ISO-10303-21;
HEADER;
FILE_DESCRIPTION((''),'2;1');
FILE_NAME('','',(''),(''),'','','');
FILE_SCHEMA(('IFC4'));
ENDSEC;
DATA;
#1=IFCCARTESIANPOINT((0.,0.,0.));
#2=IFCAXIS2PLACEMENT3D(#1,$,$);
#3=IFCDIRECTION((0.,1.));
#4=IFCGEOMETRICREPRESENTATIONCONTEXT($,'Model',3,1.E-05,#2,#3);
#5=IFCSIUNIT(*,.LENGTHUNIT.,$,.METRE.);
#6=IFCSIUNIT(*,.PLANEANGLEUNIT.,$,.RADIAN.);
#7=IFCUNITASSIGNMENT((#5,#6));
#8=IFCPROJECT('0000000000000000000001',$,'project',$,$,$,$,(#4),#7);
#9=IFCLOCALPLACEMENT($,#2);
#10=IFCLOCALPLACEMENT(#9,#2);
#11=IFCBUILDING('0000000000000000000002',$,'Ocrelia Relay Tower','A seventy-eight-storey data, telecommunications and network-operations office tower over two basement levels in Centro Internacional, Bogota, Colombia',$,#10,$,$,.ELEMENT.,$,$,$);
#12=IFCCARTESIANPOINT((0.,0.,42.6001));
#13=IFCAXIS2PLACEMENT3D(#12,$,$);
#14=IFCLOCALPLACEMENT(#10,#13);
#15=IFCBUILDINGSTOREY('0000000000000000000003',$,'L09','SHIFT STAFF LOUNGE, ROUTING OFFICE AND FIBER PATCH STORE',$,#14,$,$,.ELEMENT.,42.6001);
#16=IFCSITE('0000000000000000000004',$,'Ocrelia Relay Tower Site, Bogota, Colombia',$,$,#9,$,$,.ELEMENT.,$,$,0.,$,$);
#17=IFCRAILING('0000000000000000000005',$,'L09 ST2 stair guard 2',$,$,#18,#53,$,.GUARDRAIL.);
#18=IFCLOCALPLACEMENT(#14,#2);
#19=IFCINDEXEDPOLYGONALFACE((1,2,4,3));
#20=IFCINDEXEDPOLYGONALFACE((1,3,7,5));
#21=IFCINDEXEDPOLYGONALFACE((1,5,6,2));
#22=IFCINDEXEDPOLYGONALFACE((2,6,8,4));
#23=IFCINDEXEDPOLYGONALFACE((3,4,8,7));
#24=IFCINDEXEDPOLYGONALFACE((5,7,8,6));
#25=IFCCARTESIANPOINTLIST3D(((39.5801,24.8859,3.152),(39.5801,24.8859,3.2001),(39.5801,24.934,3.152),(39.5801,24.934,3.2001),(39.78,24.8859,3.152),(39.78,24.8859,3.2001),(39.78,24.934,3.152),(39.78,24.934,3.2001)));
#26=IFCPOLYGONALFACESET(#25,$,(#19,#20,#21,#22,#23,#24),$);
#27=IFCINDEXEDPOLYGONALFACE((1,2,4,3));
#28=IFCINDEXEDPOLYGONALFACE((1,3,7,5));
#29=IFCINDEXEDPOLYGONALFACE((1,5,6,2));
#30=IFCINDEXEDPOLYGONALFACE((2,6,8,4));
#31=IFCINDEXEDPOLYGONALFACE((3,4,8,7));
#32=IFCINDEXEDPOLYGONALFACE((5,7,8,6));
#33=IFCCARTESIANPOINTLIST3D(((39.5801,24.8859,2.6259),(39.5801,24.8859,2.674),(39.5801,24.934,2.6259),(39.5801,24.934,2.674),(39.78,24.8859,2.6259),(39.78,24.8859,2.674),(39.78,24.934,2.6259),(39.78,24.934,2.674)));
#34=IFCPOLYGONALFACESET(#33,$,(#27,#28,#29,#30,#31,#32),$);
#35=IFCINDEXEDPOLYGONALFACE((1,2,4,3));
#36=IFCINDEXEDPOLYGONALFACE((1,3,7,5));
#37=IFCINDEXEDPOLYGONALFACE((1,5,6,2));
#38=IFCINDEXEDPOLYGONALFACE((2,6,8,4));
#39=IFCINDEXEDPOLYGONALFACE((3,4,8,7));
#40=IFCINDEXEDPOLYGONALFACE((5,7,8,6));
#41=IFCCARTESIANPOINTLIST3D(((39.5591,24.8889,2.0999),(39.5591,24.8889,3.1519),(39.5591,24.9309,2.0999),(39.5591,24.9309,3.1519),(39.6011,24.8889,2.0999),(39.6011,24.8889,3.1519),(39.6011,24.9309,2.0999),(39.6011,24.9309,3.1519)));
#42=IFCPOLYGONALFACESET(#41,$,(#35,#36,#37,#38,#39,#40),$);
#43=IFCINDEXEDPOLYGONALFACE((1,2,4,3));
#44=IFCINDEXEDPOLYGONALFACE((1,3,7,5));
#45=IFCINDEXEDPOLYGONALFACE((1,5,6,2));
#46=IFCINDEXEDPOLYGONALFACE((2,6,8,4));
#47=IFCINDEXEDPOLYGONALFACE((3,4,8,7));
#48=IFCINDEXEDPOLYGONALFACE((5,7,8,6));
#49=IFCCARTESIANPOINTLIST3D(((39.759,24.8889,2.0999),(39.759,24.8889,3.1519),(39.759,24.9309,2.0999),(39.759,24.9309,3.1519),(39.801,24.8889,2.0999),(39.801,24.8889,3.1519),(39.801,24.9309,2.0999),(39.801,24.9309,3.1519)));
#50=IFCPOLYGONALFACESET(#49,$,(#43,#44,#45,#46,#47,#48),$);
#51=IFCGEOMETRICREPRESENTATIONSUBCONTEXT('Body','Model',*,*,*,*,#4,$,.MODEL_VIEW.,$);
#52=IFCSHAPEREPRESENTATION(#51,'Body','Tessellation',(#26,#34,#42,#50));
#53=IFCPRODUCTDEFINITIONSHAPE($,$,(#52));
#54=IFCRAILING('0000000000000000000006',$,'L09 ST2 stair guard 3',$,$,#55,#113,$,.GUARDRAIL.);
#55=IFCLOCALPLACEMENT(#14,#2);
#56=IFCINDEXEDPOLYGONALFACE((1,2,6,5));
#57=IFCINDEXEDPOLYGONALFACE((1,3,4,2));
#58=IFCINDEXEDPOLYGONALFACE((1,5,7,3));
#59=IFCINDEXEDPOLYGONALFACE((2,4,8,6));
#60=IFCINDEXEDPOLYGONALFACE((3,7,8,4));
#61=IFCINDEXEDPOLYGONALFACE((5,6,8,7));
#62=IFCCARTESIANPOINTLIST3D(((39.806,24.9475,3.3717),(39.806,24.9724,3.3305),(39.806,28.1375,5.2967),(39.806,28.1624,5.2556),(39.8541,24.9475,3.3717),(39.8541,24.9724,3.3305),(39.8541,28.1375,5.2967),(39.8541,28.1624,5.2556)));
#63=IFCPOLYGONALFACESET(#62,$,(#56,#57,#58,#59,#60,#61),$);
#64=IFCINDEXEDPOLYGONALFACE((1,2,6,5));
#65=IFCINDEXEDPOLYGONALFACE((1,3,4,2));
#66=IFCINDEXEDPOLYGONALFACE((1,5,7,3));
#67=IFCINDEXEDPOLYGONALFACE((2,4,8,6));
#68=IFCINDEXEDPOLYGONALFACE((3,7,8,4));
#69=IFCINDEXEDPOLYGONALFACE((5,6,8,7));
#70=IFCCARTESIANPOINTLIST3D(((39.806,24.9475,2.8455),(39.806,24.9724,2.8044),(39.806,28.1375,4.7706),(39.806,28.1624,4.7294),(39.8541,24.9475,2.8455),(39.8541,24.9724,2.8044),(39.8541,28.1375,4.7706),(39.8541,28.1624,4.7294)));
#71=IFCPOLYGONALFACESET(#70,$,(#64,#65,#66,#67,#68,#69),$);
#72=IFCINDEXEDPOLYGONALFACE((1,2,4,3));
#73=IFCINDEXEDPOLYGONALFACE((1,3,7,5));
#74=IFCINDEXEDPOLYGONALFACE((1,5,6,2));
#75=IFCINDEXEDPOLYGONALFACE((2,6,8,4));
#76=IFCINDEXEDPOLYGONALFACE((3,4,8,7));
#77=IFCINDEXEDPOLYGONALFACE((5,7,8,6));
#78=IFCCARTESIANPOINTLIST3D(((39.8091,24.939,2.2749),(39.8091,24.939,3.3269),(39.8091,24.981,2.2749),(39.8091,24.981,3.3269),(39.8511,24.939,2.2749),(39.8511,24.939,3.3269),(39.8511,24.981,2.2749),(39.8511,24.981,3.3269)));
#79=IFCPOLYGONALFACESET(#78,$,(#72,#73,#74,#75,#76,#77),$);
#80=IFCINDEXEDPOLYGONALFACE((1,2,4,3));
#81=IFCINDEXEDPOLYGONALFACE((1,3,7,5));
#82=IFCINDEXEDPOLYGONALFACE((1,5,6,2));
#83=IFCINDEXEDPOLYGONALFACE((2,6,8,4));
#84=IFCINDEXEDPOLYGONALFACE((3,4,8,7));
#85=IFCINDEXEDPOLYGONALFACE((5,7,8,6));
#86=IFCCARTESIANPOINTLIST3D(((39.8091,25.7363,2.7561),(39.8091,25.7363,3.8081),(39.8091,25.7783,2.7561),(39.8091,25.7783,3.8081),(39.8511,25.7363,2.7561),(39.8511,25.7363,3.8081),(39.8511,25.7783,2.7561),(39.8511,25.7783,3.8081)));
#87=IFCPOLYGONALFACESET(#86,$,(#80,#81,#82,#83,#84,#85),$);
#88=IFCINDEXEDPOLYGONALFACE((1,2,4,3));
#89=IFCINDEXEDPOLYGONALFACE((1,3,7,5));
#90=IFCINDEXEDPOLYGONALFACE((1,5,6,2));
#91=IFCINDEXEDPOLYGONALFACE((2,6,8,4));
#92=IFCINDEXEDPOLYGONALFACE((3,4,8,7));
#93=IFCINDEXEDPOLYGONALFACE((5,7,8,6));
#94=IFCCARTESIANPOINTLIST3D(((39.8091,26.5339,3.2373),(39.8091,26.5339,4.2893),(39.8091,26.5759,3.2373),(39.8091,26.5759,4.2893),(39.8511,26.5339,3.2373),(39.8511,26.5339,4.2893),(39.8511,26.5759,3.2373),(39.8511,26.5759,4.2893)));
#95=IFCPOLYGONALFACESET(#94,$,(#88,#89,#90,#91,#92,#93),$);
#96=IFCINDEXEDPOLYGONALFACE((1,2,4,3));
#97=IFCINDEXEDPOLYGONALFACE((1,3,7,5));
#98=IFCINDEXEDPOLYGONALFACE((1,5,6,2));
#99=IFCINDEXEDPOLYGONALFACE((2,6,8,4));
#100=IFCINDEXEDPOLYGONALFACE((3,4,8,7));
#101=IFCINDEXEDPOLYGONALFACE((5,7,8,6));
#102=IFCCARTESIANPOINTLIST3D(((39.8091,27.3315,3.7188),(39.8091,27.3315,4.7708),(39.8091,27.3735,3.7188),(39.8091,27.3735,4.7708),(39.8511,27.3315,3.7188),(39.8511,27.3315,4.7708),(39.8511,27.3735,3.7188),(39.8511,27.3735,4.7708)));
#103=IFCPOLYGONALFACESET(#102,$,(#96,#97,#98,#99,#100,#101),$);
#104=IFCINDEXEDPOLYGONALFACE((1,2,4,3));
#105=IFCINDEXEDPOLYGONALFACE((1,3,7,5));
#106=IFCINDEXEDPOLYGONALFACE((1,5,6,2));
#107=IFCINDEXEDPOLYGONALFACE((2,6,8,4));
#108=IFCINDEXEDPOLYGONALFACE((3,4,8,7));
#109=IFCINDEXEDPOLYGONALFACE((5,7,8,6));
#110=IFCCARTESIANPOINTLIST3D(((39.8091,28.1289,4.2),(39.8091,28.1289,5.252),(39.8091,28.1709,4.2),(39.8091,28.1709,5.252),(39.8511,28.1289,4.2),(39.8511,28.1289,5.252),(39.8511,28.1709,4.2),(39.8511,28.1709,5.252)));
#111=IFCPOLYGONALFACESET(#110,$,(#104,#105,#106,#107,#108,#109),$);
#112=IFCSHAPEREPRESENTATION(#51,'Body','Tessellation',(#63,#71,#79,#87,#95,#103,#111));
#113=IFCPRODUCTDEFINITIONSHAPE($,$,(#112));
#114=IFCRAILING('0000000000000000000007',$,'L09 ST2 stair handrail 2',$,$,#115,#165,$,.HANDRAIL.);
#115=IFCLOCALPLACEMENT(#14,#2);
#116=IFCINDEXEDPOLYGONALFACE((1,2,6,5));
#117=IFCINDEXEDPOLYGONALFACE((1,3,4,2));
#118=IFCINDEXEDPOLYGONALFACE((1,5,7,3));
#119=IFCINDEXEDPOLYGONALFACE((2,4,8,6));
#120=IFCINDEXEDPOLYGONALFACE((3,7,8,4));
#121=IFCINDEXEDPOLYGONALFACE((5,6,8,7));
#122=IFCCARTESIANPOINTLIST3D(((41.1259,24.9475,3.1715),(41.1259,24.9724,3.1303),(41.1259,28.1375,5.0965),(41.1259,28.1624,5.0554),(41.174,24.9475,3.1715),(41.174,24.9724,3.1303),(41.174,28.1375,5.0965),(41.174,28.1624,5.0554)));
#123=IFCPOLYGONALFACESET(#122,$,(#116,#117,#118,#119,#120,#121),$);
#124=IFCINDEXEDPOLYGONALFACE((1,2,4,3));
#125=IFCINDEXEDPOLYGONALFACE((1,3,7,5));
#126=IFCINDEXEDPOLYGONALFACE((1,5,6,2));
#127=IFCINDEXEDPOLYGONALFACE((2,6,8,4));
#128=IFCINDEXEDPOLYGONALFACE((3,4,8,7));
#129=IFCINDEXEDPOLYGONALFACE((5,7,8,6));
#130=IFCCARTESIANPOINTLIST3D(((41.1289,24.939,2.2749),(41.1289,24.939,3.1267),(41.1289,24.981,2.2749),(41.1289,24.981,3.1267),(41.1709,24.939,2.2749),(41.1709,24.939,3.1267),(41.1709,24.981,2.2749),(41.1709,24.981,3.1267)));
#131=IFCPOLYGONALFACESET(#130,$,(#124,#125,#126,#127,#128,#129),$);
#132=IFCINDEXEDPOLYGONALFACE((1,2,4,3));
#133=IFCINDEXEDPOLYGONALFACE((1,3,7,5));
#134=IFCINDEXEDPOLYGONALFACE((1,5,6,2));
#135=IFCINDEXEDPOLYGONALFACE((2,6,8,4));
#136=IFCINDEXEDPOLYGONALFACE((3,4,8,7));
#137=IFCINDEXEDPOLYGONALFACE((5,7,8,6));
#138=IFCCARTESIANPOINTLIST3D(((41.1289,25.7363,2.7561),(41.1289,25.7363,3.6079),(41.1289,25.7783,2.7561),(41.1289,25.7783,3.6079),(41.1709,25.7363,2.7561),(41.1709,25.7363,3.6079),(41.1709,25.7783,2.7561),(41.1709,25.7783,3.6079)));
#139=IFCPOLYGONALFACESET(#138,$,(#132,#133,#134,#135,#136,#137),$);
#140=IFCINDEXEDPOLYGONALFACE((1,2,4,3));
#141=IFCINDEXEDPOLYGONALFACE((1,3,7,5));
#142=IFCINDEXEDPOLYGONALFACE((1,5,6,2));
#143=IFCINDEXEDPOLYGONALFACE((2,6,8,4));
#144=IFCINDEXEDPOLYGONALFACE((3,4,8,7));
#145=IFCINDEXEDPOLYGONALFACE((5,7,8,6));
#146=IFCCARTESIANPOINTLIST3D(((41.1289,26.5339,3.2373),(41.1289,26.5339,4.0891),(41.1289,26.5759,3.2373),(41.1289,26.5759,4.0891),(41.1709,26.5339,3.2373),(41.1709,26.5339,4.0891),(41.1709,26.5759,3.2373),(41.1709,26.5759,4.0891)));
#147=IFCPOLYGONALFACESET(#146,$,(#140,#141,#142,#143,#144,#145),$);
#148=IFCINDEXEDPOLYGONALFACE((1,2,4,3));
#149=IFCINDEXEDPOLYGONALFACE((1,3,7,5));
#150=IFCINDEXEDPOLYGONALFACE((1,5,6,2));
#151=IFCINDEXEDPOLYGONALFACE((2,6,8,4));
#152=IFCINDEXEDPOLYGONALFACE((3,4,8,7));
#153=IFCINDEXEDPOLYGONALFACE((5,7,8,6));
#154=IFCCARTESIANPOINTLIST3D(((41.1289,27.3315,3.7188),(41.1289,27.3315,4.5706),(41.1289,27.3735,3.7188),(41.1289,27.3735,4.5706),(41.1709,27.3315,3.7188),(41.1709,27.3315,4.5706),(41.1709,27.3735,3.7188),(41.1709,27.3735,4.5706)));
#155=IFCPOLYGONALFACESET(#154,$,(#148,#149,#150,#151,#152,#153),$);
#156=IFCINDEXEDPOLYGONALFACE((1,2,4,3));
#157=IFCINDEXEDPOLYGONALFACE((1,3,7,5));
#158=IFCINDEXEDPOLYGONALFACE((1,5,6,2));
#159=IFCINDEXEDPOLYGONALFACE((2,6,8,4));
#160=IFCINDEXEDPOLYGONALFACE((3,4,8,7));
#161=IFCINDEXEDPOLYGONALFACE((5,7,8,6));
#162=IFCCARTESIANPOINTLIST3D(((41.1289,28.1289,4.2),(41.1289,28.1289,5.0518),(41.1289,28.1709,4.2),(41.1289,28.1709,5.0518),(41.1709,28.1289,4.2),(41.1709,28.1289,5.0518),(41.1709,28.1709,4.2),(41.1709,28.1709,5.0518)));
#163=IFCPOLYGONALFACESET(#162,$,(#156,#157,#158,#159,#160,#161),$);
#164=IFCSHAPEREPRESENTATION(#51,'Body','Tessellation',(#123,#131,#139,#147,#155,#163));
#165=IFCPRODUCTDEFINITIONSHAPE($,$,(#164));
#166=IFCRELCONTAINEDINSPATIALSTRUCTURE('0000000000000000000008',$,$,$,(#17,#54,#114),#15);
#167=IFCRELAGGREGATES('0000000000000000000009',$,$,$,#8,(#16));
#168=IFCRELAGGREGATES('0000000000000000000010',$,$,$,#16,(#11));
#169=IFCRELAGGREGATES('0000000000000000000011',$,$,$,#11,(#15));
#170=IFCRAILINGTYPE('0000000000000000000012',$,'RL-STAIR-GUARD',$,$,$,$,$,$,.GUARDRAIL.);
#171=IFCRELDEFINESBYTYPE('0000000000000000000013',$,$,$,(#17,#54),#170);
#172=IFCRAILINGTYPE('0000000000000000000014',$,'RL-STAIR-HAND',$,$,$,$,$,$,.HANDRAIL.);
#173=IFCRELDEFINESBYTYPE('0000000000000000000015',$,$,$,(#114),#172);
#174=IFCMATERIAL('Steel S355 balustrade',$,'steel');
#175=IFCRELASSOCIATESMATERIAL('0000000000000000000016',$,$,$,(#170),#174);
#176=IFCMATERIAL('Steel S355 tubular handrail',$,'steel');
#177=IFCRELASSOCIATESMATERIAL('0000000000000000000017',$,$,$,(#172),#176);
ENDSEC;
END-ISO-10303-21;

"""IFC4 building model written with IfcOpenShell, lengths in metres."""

from ifc_helpers import new_model, si_unit, direction, frame, origin, origin_2d, place, context, subcontext, project, spatial, rectangle, extrude, material, type_object, element, save


model = new_model("IFC4")

# Units and contexts
model_context = context("Model", 3, precision=1e-05, world=origin(), true_north=direction((0.0, 1.0)))
body_context = subcontext(model_context, "Body", "Model", "MODEL_VIEW")
ifc_project = project(units=[si_unit("LENGTHUNIT", "METRE"), si_unit("PLANEANGLEUNIT", "RADIAN")], contexts=[model_context])

# Site, building, storey
site_placement = place(None, origin())
site = spatial("IfcSite", under=ifc_project, at=site_placement, Name="Ocrelia Relay Tower Site, Bogota, Colombia", CompositionType="ELEMENT", RefElevation=0.0)
building_placement = place(site_placement, origin())
building = spatial("IfcBuilding", under=site, at=building_placement, Name="Ocrelia Relay Tower", Description="A seventy-eight-storey data, telecommunications and network-operations office tower over two basement levels in Centro Internacional, Bogota, Colombia", CompositionType="ELEMENT")
storey_placement = place(building_placement, frame((0.0, 0.0, 42.6001)))
storey = spatial("IfcBuildingStorey", under=building, at=storey_placement, Name="L09", Description="SHIFT STAFF LOUNGE, ROUTING OFFICE AND FIBER PATCH STORE", CompositionType="ELEMENT", Elevation=42.6001)

# Railings
ifc_material_1 = material(Name="Steel S355 balustrade", Category="steel")
railing_type_1 = type_object("IfcRailingType", Name="RL-STAIR-GUARD", PredefinedType="GUARDRAIL", material=ifc_material_1)
railing_1_placement = place(storey_placement, frame((39.5801, 24.9099, 2.0999)))
element("IfcRailing", 1, at=railing_1_placement, inside=storey, type_object=railing_type_1, Name="L09 ST2 stair guard 2", PredefinedType="GUARDRAIL", context=body_context, shape_type="SweptSolid", body=[
    extrude(rectangle(XDim=0.0481, YDim=0.0481, at=origin_2d()), frame((0.0, 0.0, 1.0762), z_axis=(1.0, 0.0, 0.0), x_axis=(0.0, 1.0, 0.0)), (0.0, 0.0, 1.0), 0.2),
    extrude(rectangle(XDim=0.0481, YDim=0.0481, at=origin_2d()), frame((0.0, 0.0, 0.55), z_axis=(1.0, 0.0, 0.0), x_axis=(0.0, 1.0, 0.0)), (0.0, 0.0, 1.0), 0.2),
    extrude(rectangle(XDim=0.042, YDim=0.042, at=origin_2d()), origin(), (0.0, 0.0, 1.0), 1.052),
    extrude(rectangle(XDim=0.042, YDim=0.042, at=origin_2d()), frame((0.2, 0.0, 0.0)), (0.0, 0.0, 1.0), 1.052),
])
railing_2_placement = place(storey_placement, frame((39.8301, 24.96, 2.2749)))
element("IfcRailing", 2, at=railing_2_placement, inside=storey, type_object=railing_type_1, Name="L09 ST2 stair guard 3", PredefinedType="GUARDRAIL", context=body_context, shape_type="SweptSolid", body=[
    extrude(rectangle(XDim=0.0481, YDim=0.0481, at=origin_2d()), frame((0.0, 0.0, 1.0762), z_axis=(0.0, 0.856178, 0.516682), x_axis=(-1.0, 0.0, 0.0)), (0.0, 0.0, 1.0), 3.7258),
    extrude(rectangle(XDim=0.0481, YDim=0.0481, at=origin_2d()), frame((0.0, 0.0, 0.55), z_axis=(0.0, 0.856178, 0.516682), x_axis=(-1.0, 0.0, 0.0)), (0.0, 0.0, 1.0), 3.7258),
    extrude(rectangle(XDim=0.042, YDim=0.042, at=origin_2d()), origin(), (0.0, 0.0, 1.0), 1.052),
    extrude(rectangle(XDim=0.042, YDim=0.042, at=origin_2d()), frame((0.0, 0.7974, 0.4812)), (0.0, 0.0, 1.0), 1.052),
    extrude(rectangle(XDim=0.042, YDim=0.042, at=origin_2d()), frame((0.0, 1.595, 0.9624)), (0.0, 0.0, 1.0), 1.052),
    extrude(rectangle(XDim=0.042, YDim=0.042, at=origin_2d()), frame((0.0, 2.3926, 1.4438)), (0.0, 0.0, 1.0), 1.052),
    extrude(rectangle(XDim=0.042, YDim=0.042, at=origin_2d()), frame((0.0, 3.1899, 1.925)), (0.0, 0.0, 1.0), 1.052),
])
ifc_material_2 = material(Name="Steel S355 tubular handrail", Category="steel")
railing_type_2 = type_object("IfcRailingType", Name="RL-STAIR-HAND", PredefinedType="HANDRAIL", material=ifc_material_2)
railing_3_placement = place(storey_placement, frame((41.1499, 24.96, 2.2749)))
element("IfcRailing", 3, at=railing_3_placement, inside=storey, type_object=railing_type_2, Name="L09 ST2 stair handrail 2", PredefinedType="HANDRAIL", context=body_context, shape_type="SweptSolid", body=[
    extrude(rectangle(XDim=0.0481, YDim=0.0481, at=origin_2d()), frame((0.0, 0.0, 0.876), z_axis=(0.0, 0.856178, 0.516682), x_axis=(-1.0, 0.0, 0.0)), (0.0, 0.0, 1.0), 3.7258),
    extrude(rectangle(XDim=0.042, YDim=0.042, at=origin_2d()), origin(), (0.0, 0.0, 1.0), 0.8518),
    extrude(rectangle(XDim=0.042, YDim=0.042, at=origin_2d()), frame((0.0, 0.7974, 0.4812)), (0.0, 0.0, 1.0), 0.8518),
    extrude(rectangle(XDim=0.042, YDim=0.042, at=origin_2d()), frame((0.0, 1.595, 0.9624)), (0.0, 0.0, 1.0), 0.8518),
    extrude(rectangle(XDim=0.042, YDim=0.042, at=origin_2d()), frame((0.0, 2.3926, 1.4438)), (0.0, 0.0, 1.0), 0.8518),
    extrude(rectangle(XDim=0.042, YDim=0.042, at=origin_2d()), frame((0.0, 3.1899, 1.925)), (0.0, 0.0, 1.0), 0.8518),
])

save(model, "model.ifc")
